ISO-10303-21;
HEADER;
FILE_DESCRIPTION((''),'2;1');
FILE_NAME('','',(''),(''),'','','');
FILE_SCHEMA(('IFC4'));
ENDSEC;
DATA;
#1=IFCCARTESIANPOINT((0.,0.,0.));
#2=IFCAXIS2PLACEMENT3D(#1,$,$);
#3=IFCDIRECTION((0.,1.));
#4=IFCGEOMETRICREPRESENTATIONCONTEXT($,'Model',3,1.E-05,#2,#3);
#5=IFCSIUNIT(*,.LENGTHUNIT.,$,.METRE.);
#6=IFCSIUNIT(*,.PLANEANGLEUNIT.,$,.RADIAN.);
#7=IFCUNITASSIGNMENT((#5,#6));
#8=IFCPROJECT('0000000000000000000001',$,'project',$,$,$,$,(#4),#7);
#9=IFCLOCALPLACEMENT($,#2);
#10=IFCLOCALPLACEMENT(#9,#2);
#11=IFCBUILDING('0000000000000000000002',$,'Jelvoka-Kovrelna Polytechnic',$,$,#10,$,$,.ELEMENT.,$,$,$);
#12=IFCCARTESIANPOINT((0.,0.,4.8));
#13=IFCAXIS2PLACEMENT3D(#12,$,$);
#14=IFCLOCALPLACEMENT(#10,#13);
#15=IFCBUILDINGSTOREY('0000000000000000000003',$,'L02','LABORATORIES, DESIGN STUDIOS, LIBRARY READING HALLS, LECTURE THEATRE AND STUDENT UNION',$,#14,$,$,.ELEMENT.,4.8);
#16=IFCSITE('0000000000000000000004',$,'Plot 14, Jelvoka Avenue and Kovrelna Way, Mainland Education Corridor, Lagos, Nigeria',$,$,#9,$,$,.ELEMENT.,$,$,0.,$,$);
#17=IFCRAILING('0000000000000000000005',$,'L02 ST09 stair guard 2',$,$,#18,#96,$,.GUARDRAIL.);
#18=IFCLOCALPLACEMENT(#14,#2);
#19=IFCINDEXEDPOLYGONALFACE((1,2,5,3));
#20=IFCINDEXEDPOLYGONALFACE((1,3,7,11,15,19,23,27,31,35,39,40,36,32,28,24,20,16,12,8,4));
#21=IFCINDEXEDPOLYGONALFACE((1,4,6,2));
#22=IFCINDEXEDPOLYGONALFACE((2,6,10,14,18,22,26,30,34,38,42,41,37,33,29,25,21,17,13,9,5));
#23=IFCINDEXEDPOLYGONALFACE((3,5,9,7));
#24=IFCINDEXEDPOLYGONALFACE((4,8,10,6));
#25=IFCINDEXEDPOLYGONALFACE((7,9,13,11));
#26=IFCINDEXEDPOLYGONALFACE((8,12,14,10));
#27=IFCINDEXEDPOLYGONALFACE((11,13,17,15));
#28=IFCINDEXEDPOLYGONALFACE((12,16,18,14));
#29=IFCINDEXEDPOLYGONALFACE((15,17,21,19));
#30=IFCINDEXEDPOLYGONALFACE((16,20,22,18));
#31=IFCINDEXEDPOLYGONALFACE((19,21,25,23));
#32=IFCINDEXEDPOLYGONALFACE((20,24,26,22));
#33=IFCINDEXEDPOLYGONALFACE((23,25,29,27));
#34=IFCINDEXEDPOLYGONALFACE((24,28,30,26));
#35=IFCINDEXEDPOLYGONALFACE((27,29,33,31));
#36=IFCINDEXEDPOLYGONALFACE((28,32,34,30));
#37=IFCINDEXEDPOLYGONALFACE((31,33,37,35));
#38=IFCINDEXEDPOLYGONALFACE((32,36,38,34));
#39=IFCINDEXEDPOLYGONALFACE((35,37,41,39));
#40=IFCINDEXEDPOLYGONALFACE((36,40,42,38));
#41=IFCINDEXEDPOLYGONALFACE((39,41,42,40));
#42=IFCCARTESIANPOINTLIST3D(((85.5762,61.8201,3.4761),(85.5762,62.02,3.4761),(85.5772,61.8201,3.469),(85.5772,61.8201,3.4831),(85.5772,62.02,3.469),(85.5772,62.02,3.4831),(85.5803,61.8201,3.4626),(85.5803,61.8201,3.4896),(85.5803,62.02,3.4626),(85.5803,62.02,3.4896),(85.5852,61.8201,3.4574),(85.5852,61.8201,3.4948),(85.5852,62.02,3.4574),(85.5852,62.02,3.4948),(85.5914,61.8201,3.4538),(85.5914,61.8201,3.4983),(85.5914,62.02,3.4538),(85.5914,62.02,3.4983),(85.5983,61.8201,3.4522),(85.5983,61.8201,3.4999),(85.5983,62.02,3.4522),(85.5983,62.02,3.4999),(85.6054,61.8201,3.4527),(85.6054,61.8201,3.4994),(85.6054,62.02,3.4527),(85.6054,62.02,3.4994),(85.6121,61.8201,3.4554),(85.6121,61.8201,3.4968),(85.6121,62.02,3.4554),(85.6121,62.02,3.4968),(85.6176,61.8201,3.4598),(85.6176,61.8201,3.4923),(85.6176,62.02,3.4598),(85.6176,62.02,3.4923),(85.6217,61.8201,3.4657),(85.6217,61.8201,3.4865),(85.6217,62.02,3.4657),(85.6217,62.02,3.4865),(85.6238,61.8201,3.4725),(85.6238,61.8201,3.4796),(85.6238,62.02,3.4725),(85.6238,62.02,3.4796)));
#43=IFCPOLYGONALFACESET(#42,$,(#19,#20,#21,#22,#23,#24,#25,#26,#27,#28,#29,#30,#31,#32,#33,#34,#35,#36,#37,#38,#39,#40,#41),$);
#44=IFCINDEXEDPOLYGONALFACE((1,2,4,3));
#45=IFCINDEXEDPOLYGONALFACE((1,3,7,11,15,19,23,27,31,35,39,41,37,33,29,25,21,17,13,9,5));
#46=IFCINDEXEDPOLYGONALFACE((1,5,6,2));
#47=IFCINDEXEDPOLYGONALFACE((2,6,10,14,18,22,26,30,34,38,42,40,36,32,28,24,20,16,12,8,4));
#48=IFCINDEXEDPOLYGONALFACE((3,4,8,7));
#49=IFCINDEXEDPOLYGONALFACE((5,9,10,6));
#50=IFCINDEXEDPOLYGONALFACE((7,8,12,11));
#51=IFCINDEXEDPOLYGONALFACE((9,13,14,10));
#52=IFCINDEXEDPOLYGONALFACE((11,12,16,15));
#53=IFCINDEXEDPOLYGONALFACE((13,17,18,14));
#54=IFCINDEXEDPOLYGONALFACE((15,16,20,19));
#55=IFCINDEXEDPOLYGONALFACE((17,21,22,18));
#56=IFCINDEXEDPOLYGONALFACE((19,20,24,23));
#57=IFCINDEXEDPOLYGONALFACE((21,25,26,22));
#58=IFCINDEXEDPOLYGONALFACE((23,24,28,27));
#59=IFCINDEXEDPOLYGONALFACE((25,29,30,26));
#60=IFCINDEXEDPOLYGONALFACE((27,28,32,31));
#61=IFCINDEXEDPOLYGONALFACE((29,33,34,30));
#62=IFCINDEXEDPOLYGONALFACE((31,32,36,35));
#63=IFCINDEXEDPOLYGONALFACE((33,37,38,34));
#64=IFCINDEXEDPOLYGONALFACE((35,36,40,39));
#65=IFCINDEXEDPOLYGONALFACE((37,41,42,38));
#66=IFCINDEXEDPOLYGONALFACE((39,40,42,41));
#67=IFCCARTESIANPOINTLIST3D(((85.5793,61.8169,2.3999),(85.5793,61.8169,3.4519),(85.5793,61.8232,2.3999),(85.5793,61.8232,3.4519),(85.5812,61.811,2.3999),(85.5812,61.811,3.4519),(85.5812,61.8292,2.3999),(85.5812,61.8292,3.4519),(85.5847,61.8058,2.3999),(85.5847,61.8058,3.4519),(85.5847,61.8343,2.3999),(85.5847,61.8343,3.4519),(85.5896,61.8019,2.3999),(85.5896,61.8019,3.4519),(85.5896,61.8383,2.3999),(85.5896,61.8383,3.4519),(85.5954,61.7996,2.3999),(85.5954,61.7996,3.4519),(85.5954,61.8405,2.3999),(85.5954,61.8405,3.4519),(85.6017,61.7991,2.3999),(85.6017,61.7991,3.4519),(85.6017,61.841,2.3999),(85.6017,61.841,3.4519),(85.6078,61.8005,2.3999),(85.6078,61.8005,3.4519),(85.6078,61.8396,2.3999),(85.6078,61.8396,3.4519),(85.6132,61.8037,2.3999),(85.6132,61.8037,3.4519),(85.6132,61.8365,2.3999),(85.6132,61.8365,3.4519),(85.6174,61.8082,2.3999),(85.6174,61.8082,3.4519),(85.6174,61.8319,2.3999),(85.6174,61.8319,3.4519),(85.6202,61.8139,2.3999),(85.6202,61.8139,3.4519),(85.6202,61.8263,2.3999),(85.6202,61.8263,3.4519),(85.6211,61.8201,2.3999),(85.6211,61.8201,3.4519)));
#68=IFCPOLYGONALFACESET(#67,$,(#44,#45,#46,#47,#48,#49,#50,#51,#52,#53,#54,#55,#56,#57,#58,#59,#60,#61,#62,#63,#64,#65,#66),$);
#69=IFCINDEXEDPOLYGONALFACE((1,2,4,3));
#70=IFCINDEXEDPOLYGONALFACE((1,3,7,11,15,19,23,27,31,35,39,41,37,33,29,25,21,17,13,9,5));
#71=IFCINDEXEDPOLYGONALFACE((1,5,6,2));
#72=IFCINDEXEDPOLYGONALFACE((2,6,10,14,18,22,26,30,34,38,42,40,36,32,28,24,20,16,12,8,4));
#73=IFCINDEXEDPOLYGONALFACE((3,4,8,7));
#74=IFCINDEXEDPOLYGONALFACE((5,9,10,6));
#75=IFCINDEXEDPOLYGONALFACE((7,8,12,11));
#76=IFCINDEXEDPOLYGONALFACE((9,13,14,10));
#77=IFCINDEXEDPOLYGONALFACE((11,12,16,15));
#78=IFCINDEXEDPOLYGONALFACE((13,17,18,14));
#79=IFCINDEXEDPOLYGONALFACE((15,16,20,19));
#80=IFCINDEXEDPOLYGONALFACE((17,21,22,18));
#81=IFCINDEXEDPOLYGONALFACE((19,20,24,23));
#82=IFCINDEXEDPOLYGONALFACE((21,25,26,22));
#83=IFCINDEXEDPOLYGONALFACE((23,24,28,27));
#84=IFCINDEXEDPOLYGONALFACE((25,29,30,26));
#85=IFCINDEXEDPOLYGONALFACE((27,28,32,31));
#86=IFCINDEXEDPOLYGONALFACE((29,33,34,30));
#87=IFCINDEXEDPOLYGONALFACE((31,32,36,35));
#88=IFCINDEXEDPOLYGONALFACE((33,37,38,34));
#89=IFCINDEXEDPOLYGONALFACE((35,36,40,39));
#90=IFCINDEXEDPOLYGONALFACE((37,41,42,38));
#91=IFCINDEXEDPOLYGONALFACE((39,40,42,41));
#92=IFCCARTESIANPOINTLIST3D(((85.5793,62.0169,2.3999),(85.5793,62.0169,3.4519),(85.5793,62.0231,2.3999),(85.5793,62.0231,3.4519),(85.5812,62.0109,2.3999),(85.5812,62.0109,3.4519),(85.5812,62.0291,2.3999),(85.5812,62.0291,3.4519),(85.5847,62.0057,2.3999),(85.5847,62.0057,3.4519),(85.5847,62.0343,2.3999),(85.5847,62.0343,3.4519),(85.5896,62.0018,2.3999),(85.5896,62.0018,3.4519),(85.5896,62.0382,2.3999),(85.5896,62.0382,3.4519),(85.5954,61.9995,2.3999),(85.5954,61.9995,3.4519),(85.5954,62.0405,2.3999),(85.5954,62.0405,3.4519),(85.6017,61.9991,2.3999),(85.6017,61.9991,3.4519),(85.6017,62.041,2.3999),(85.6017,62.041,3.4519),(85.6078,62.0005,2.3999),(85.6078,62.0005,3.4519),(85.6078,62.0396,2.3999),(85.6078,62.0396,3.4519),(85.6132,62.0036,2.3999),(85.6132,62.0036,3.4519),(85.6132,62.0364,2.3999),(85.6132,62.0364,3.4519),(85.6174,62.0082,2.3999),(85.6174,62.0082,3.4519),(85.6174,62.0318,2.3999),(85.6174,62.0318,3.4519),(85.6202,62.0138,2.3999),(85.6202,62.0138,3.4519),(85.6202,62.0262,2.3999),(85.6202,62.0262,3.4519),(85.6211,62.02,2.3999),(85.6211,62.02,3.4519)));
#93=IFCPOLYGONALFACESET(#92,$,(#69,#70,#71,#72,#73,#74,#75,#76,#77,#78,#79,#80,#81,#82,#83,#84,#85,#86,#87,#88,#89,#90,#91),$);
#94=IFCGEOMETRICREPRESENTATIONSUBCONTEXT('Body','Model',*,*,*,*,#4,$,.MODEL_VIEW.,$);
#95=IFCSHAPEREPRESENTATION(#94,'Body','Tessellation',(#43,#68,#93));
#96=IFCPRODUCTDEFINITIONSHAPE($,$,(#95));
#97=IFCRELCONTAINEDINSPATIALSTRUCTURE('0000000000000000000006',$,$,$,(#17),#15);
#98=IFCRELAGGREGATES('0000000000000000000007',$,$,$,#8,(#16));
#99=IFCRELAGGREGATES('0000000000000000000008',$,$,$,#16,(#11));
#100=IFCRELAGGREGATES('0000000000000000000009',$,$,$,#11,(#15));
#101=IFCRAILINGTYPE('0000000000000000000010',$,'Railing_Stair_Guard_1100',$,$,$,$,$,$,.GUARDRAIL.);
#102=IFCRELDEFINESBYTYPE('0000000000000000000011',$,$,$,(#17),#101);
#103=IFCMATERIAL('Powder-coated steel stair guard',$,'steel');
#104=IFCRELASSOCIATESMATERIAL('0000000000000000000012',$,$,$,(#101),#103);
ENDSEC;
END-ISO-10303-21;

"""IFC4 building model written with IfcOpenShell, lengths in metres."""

from ifc_helpers import new_model, si_unit, direction, frame, origin, origin_2d, place, context, subcontext, project, spatial, circle, extrude, material, type_object, element, save


model = new_model("IFC4")

# Units and contexts
model_context = context("Model", 3, precision=1e-05, world=origin(), true_north=direction((0.0, 1.0)))
body_context = subcontext(model_context, "Body", "Model", "MODEL_VIEW")
ifc_project = project(units=[si_unit("LENGTHUNIT", "METRE"), si_unit("PLANEANGLEUNIT", "RADIAN")], contexts=[model_context])

# Site, building, storey
site_placement = place(None, origin())
site = spatial("IfcSite", under=ifc_project, at=site_placement, Name="Plot 14, Jelvoka Avenue and Kovrelna Way, Mainland Education Corridor, Lagos, Nigeria", CompositionType="ELEMENT", RefElevation=0.0)
building_placement = place(site_placement, origin())
building = spatial("IfcBuilding", under=site, at=building_placement, Name="Jelvoka-Kovrelna Polytechnic", CompositionType="ELEMENT")
storey_placement = place(building_placement, frame((0.0, 0.0, 4.8)))
storey = spatial("IfcBuildingStorey", under=building, at=storey_placement, Name="L02", Description="LABORATORIES, DESIGN STUDIOS, LIBRARY READING HALLS, LECTURE THEATRE AND STUDENT UNION", CompositionType="ELEMENT", Elevation=4.8)

# Railing
ifc_material_1 = material(Name="Powder-coated steel stair guard", Category="steel")
railing_type = type_object("IfcRailingType", Name="Railing_Stair_Guard_1100", PredefinedType="GUARDRAIL", material=ifc_material_1)
railing_placement = place(storey_placement, frame((85.6001, 61.8201, 2.3999)))
element("IfcRailing", 1, at=railing_placement, inside=storey, type_object=railing_type, Name="L02 ST09 stair guard 2", PredefinedType="GUARDRAIL", context=body_context, shape_type="SweptSolid", body=[
    extrude(circle(Radius=0.0239, at=origin_2d()), frame((0.0, 0.0, 1.0762), z_axis=(0.0, 1.0, 0.0), x_axis=(-1.0, 0.0, 0.0)), (0.0, 0.0, 1.0), 0.2),
    extrude(circle(Radius=0.021, at=origin_2d()), origin(), (0.0, 0.0, 1.0), 1.052),
    extrude(circle(Radius=0.021, at=origin_2d()), frame((0.0, 0.2, 0.0)), (0.0, 0.0, 1.0), 1.052),
])

save(model, "model.ifc")
